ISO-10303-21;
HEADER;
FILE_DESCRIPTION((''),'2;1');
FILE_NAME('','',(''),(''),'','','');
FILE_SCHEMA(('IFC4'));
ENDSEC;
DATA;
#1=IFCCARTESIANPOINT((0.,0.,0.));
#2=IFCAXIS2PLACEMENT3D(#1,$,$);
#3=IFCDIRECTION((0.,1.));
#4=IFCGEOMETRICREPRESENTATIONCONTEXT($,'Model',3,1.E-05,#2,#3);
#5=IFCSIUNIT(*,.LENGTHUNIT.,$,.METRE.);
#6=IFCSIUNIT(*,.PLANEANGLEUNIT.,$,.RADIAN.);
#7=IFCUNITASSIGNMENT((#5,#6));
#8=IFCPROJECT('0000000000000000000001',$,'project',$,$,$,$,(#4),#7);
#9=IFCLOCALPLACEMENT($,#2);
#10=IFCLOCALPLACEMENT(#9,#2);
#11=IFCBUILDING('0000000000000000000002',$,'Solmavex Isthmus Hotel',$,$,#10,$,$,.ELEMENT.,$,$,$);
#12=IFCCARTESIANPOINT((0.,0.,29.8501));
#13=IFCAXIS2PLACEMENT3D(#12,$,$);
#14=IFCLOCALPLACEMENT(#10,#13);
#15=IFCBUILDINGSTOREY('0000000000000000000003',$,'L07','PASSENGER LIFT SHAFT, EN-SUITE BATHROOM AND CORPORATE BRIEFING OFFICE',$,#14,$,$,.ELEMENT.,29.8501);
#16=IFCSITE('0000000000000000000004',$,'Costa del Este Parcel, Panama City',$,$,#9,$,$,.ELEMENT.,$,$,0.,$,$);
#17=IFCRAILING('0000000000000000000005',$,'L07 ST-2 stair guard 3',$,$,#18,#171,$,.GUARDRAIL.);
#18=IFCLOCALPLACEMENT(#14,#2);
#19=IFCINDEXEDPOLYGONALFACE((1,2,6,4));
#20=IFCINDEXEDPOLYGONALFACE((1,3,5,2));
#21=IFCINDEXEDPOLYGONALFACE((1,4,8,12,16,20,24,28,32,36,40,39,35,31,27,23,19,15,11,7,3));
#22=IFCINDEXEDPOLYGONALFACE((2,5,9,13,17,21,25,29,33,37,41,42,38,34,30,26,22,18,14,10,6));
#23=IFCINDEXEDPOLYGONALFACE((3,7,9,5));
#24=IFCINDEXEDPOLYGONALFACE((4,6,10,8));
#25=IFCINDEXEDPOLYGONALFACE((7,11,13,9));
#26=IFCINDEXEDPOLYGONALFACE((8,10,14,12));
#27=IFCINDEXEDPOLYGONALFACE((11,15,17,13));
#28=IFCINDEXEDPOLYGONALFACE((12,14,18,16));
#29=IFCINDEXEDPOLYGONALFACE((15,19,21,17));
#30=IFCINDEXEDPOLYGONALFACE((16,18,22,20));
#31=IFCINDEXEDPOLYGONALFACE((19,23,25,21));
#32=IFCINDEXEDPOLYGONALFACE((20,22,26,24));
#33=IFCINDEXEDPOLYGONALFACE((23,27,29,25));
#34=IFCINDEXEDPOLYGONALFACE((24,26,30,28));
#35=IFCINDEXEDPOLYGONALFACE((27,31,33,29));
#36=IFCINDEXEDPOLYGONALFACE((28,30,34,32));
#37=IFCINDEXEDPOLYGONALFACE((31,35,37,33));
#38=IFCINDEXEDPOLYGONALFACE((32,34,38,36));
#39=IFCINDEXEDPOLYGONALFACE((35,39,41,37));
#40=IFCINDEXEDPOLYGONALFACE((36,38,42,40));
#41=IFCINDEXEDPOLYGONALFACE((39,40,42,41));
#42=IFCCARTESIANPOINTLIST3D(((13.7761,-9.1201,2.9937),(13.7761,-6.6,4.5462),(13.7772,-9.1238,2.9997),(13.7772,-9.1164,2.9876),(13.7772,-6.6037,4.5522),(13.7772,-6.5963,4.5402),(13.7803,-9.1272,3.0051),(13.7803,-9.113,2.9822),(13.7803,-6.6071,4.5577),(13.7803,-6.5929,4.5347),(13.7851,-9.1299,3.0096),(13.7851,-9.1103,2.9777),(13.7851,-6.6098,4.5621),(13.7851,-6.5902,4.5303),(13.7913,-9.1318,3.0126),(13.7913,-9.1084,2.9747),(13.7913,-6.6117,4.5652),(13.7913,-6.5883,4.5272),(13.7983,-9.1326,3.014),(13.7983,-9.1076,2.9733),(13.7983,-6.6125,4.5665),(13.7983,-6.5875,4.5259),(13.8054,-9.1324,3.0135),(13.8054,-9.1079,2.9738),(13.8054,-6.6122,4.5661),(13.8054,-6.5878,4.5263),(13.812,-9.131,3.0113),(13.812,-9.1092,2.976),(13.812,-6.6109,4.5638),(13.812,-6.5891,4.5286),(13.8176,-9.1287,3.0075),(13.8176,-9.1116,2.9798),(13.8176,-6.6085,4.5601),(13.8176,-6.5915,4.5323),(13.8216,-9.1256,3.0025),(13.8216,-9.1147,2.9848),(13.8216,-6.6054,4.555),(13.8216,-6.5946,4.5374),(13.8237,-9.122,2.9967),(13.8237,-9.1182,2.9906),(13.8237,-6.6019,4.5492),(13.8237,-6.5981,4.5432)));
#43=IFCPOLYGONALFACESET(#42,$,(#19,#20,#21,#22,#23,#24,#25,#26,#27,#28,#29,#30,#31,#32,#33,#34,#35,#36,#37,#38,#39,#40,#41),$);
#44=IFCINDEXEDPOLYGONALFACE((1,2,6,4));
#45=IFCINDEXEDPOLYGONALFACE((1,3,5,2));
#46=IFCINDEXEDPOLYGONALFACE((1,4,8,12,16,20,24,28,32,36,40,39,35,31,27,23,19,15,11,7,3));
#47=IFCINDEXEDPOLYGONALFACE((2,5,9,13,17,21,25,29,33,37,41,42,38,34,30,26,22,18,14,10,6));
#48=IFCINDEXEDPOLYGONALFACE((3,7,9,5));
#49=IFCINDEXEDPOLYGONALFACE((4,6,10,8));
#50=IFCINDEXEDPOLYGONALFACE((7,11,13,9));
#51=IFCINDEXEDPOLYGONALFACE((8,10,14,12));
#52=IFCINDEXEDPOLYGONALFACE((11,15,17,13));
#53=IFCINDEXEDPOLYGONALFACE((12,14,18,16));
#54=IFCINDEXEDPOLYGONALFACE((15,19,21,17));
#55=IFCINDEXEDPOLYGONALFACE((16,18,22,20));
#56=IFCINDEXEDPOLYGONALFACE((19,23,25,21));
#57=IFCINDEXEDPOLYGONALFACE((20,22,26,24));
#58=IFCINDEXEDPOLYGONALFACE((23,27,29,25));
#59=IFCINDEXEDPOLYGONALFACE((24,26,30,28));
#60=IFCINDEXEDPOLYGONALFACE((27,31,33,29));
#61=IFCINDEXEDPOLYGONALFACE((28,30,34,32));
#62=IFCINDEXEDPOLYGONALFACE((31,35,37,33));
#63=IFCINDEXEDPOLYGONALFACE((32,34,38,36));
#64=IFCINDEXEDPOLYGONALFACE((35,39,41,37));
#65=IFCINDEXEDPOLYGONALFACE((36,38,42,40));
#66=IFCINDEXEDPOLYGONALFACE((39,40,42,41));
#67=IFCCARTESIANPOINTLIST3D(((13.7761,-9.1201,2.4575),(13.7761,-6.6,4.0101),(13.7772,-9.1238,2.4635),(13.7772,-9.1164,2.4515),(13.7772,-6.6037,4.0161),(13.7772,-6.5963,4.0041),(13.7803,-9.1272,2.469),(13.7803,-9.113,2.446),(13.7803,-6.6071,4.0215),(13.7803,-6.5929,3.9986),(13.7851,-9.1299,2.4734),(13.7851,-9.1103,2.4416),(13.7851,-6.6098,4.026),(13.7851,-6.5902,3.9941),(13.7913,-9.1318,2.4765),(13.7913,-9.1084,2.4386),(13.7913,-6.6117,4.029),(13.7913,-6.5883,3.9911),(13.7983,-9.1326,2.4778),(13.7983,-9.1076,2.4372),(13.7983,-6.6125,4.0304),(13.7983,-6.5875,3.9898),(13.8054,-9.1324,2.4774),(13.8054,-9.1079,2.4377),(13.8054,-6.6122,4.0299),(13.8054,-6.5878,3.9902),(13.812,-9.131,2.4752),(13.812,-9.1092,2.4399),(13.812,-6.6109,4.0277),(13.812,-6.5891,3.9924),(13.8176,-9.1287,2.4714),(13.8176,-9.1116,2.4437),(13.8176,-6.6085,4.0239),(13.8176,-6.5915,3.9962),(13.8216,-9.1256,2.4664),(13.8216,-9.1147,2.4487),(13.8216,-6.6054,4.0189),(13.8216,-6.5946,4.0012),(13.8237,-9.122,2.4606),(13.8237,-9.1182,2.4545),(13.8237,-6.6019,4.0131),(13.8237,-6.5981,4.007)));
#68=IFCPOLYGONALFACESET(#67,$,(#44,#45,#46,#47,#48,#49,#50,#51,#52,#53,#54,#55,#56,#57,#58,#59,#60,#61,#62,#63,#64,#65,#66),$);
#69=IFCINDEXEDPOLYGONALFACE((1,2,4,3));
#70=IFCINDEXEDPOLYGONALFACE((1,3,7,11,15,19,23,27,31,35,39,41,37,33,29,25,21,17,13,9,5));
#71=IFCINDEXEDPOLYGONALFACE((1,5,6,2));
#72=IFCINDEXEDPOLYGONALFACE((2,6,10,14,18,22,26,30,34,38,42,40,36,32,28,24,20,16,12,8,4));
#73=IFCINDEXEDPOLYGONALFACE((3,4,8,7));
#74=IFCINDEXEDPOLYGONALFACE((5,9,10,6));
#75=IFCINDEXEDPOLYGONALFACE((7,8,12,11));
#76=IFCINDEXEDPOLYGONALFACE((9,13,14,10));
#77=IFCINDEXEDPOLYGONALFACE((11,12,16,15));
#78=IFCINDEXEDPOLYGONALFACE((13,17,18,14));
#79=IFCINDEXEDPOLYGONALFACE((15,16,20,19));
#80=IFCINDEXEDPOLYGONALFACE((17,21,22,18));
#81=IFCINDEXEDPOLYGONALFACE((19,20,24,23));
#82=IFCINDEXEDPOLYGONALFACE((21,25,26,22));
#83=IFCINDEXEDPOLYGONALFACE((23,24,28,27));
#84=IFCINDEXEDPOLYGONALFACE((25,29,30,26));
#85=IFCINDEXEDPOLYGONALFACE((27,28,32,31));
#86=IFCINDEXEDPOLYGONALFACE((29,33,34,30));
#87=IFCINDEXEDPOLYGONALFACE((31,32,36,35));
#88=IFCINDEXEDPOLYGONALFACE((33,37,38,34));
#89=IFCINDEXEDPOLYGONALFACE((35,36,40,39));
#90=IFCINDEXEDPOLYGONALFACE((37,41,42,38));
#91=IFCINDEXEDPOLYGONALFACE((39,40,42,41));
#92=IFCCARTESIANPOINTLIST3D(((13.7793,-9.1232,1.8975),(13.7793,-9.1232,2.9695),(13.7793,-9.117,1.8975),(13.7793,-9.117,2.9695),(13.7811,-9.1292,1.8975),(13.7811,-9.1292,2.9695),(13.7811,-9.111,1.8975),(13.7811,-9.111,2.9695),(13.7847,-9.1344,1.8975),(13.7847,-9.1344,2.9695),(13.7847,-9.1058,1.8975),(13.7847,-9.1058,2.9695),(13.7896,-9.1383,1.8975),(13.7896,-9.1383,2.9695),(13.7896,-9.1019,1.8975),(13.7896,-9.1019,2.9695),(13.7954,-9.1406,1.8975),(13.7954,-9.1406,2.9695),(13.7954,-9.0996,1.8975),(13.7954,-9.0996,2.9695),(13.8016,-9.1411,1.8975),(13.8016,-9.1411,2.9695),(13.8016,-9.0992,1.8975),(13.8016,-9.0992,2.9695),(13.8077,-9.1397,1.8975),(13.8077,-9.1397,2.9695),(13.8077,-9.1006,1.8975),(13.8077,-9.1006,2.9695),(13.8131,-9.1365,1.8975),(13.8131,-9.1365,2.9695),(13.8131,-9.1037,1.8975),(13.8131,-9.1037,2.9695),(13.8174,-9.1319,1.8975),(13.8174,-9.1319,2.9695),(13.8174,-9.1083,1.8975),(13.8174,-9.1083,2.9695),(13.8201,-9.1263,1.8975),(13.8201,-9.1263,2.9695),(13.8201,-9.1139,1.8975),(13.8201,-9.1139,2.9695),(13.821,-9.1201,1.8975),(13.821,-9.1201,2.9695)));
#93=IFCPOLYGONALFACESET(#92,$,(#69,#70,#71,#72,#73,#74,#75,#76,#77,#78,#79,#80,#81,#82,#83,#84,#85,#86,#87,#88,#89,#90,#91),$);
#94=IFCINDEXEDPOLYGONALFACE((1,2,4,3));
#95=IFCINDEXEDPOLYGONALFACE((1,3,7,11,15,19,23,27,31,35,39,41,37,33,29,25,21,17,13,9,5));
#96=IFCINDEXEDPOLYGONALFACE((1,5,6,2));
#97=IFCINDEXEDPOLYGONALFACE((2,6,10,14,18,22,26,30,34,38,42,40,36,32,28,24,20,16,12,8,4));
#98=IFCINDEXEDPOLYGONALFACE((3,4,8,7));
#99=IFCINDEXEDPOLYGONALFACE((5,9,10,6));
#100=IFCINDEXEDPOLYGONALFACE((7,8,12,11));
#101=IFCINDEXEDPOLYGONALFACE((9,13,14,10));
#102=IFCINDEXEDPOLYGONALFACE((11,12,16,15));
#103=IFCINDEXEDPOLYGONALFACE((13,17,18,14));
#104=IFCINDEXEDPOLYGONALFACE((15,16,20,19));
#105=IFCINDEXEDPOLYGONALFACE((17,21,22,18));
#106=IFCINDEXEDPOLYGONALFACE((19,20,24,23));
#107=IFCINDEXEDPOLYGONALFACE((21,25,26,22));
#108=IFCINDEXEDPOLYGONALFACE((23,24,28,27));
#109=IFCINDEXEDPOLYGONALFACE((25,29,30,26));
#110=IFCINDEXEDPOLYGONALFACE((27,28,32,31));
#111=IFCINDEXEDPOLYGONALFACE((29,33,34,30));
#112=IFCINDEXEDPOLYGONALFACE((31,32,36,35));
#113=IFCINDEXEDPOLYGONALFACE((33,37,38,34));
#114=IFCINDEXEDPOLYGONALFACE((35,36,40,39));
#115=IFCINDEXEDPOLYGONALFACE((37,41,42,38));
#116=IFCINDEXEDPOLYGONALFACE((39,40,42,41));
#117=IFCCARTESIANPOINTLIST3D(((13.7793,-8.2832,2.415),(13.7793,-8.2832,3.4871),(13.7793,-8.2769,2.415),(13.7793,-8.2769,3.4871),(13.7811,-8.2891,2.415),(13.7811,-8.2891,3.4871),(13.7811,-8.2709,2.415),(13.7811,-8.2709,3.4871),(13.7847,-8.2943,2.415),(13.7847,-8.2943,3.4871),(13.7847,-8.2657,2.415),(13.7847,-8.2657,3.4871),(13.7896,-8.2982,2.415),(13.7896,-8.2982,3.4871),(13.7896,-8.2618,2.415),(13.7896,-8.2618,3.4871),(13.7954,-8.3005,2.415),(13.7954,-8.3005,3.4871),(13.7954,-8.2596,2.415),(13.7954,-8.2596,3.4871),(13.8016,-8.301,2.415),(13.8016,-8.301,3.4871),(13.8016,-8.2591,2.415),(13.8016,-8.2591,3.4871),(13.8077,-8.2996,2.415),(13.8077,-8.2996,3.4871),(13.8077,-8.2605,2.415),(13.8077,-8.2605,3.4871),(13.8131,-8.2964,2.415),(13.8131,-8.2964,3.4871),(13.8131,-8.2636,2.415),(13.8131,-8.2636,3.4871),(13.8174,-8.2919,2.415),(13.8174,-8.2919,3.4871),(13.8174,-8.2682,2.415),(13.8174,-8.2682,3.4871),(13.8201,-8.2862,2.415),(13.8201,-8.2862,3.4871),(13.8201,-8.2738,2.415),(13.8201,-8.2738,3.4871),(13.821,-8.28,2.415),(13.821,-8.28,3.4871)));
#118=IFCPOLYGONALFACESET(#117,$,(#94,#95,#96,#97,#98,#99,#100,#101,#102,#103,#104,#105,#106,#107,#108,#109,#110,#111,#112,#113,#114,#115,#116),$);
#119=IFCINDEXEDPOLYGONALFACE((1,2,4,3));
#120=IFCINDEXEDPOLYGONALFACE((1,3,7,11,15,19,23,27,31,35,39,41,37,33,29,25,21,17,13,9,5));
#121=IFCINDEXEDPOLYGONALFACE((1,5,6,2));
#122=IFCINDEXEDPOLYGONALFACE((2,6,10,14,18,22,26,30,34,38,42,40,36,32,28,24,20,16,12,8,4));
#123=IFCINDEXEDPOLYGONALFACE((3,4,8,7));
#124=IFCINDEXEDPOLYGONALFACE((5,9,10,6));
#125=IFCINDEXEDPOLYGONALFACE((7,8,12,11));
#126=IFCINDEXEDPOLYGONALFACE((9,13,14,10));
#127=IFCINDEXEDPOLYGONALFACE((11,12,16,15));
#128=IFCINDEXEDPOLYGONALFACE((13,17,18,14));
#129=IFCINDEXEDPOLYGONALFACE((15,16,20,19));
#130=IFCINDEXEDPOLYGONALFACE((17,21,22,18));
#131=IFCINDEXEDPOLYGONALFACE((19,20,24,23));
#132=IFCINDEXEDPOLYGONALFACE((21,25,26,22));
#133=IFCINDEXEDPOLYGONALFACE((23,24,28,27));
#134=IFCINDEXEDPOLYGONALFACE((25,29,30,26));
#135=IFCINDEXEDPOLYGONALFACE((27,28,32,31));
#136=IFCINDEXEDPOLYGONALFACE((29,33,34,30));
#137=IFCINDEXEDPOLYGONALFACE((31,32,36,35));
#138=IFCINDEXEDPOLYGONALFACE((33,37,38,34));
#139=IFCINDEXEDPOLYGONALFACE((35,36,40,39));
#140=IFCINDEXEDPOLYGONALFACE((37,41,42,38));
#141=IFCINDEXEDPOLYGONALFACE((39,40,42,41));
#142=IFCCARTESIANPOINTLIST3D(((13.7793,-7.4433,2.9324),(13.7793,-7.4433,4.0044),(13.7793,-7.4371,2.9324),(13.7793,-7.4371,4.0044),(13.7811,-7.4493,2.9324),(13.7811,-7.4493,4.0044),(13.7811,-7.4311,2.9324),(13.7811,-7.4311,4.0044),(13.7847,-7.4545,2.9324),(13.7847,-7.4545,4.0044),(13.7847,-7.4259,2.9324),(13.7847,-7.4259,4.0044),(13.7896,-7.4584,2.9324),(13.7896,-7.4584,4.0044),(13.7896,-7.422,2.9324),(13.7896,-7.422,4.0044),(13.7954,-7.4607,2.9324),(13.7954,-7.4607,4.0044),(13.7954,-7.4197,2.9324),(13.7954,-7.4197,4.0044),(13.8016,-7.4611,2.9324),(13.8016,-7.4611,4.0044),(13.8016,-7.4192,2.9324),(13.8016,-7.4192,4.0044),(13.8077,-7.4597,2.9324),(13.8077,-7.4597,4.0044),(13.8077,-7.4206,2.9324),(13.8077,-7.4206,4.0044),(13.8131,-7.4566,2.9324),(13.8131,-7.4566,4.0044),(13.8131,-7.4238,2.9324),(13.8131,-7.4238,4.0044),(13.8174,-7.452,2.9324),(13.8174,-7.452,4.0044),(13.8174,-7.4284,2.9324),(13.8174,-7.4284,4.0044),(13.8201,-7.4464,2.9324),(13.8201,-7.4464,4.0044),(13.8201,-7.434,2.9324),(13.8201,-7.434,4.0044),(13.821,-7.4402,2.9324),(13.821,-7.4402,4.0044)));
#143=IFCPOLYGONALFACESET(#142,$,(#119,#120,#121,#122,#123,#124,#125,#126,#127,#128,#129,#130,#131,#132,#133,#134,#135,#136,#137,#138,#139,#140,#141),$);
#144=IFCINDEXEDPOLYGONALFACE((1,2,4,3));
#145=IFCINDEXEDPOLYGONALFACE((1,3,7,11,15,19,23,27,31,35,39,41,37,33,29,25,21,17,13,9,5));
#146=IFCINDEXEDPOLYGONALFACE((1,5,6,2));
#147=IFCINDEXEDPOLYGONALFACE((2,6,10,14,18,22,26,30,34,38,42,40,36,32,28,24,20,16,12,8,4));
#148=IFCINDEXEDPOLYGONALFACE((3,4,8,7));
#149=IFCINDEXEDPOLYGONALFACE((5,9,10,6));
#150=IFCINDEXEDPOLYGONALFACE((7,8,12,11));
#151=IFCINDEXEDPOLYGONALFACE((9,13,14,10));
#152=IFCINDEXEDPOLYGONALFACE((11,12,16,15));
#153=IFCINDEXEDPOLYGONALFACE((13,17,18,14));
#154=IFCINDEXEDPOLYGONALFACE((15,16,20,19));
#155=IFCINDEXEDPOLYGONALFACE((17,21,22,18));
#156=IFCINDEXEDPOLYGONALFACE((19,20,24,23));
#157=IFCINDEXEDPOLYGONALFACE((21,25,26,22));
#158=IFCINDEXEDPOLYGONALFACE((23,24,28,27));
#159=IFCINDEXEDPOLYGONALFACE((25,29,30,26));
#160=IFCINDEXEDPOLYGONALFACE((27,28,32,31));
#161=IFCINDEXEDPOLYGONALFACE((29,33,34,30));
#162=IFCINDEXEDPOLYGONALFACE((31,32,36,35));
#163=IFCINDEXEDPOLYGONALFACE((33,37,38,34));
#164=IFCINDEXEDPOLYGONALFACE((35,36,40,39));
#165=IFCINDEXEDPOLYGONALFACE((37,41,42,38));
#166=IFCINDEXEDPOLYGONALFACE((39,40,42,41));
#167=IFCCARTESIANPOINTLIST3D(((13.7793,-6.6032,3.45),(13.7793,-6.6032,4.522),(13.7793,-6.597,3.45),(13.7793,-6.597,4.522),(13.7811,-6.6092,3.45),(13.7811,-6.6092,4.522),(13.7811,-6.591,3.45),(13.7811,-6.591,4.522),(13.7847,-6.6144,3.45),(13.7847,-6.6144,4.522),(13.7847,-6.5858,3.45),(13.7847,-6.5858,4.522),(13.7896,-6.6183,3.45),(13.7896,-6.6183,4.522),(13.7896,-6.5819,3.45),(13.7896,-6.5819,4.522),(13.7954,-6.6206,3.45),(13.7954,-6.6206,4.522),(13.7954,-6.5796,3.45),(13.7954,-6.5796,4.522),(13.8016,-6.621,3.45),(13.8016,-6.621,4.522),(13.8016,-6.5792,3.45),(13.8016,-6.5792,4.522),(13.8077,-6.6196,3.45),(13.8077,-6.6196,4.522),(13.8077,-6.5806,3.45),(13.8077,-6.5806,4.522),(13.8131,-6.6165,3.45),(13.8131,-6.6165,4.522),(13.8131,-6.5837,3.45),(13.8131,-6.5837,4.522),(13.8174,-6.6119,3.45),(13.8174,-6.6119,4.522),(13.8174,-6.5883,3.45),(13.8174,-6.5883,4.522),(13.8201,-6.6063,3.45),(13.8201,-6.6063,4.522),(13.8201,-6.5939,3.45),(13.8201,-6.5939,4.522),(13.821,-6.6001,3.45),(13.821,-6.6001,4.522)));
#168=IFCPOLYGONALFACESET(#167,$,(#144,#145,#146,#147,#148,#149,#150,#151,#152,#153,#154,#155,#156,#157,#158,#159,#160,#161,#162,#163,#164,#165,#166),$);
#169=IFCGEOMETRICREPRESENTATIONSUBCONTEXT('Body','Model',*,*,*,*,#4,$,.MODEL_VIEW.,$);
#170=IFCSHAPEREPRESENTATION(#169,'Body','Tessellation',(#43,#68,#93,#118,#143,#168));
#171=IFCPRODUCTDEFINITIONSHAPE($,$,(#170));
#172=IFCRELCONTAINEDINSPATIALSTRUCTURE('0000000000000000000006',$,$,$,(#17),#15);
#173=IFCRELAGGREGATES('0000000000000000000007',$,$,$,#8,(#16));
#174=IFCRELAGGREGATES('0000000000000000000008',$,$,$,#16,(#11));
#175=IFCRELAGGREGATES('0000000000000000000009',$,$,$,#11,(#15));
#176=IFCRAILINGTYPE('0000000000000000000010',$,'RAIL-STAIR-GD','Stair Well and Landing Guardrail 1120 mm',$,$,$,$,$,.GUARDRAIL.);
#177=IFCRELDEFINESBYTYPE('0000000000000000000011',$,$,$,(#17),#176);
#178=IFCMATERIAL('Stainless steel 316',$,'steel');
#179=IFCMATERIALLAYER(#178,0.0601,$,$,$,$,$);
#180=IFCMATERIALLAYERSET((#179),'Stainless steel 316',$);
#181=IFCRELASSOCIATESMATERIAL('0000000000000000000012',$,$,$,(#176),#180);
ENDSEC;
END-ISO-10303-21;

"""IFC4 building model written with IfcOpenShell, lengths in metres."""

from ifc_helpers import new_model, si_unit, direction, frame, origin, origin_2d, place, context, subcontext, project, spatial, circle, extrude, material, layer, layer_set, type_object, element, save


model = new_model("IFC4")

# Units and contexts
model_context = context("Model", 3, precision=1e-05, world=origin(), true_north=direction((0.0, 1.0)))
body_context = subcontext(model_context, "Body", "Model", "MODEL_VIEW")
ifc_project = project(units=[si_unit("LENGTHUNIT", "METRE"), si_unit("PLANEANGLEUNIT", "RADIAN")], contexts=[model_context])

# Site, building, storey
site_placement = place(None, origin())
site = spatial("IfcSite", under=ifc_project, at=site_placement, Name="Costa del Este Parcel, Panama City", CompositionType="ELEMENT", RefElevation=0.0)
building_placement = place(site_placement, origin())
building = spatial("IfcBuilding", under=site, at=building_placement, Name="Solmavex Isthmus Hotel", CompositionType="ELEMENT")
storey_placement = place(building_placement, frame((0.0, 0.0, 29.8501)))
storey = spatial("IfcBuildingStorey", under=building, at=storey_placement, Name="L07", Description="PASSENGER LIFT SHAFT, EN-SUITE BATHROOM AND CORPORATE BRIEFING OFFICE", CompositionType="ELEMENT", Elevation=29.8501)

# Railing
ifc_material_1 = material(Name="Stainless steel 316", Category="steel")
ifc_layer_1 = layer(ifc_material_1, 0.0601)
ifc_layer_set_1 = layer_set([ifc_layer_1], Name="Stainless steel 316")
railing_type_1 = type_object("IfcRailingType", Name="RAIL-STAIR-GD", Description="Stair Well and Landing Guardrail 1120 mm", PredefinedType="GUARDRAIL", material=ifc_layer_set_1)
railing_1_placement = place(storey_placement, frame((13.8, -9.1201, 1.8975)))
element("IfcRailing", 1, at=railing_1_placement, inside=storey, type_object=railing_type_1, Name="L07 ST-2 stair guard 3", PredefinedType="GUARDRAIL", context=body_context, shape_type="SweptSolid", body=[
    extrude(circle(Radius=0.0239, at=origin_2d()), frame((0.0, 0.0, 1.0962), z_axis=(0.0, 0.8514, 0.524516), x_axis=(-1.0, 0.0, 0.0)), (0.0, 0.0, 1.0), 2.96),
    extrude(circle(Radius=0.0239, at=origin_2d()), frame((0.0, 0.0, 0.5601), z_axis=(0.0, 0.8514, 0.524516), x_axis=(-1.0, 0.0, 0.0)), (0.0, 0.0, 1.0), 2.96),
    extrude(circle(Radius=0.021, at=origin_2d()), origin(), (0.0, 0.0, 1.0), 1.072),
    extrude(circle(Radius=0.021, at=origin_2d()), frame((0.0, 0.8401, 0.5176)), (0.0, 0.0, 1.0), 1.072),
    extrude(circle(Radius=0.021, at=origin_2d()), frame((0.0, 1.6799, 1.0349)), (0.0, 0.0, 1.0), 1.072),
    extrude(circle(Radius=0.021, at=origin_2d()), frame((0.0, 2.52, 1.5525)), (0.0, 0.0, 1.0), 1.072),
])

save(model, "model.ifc")
